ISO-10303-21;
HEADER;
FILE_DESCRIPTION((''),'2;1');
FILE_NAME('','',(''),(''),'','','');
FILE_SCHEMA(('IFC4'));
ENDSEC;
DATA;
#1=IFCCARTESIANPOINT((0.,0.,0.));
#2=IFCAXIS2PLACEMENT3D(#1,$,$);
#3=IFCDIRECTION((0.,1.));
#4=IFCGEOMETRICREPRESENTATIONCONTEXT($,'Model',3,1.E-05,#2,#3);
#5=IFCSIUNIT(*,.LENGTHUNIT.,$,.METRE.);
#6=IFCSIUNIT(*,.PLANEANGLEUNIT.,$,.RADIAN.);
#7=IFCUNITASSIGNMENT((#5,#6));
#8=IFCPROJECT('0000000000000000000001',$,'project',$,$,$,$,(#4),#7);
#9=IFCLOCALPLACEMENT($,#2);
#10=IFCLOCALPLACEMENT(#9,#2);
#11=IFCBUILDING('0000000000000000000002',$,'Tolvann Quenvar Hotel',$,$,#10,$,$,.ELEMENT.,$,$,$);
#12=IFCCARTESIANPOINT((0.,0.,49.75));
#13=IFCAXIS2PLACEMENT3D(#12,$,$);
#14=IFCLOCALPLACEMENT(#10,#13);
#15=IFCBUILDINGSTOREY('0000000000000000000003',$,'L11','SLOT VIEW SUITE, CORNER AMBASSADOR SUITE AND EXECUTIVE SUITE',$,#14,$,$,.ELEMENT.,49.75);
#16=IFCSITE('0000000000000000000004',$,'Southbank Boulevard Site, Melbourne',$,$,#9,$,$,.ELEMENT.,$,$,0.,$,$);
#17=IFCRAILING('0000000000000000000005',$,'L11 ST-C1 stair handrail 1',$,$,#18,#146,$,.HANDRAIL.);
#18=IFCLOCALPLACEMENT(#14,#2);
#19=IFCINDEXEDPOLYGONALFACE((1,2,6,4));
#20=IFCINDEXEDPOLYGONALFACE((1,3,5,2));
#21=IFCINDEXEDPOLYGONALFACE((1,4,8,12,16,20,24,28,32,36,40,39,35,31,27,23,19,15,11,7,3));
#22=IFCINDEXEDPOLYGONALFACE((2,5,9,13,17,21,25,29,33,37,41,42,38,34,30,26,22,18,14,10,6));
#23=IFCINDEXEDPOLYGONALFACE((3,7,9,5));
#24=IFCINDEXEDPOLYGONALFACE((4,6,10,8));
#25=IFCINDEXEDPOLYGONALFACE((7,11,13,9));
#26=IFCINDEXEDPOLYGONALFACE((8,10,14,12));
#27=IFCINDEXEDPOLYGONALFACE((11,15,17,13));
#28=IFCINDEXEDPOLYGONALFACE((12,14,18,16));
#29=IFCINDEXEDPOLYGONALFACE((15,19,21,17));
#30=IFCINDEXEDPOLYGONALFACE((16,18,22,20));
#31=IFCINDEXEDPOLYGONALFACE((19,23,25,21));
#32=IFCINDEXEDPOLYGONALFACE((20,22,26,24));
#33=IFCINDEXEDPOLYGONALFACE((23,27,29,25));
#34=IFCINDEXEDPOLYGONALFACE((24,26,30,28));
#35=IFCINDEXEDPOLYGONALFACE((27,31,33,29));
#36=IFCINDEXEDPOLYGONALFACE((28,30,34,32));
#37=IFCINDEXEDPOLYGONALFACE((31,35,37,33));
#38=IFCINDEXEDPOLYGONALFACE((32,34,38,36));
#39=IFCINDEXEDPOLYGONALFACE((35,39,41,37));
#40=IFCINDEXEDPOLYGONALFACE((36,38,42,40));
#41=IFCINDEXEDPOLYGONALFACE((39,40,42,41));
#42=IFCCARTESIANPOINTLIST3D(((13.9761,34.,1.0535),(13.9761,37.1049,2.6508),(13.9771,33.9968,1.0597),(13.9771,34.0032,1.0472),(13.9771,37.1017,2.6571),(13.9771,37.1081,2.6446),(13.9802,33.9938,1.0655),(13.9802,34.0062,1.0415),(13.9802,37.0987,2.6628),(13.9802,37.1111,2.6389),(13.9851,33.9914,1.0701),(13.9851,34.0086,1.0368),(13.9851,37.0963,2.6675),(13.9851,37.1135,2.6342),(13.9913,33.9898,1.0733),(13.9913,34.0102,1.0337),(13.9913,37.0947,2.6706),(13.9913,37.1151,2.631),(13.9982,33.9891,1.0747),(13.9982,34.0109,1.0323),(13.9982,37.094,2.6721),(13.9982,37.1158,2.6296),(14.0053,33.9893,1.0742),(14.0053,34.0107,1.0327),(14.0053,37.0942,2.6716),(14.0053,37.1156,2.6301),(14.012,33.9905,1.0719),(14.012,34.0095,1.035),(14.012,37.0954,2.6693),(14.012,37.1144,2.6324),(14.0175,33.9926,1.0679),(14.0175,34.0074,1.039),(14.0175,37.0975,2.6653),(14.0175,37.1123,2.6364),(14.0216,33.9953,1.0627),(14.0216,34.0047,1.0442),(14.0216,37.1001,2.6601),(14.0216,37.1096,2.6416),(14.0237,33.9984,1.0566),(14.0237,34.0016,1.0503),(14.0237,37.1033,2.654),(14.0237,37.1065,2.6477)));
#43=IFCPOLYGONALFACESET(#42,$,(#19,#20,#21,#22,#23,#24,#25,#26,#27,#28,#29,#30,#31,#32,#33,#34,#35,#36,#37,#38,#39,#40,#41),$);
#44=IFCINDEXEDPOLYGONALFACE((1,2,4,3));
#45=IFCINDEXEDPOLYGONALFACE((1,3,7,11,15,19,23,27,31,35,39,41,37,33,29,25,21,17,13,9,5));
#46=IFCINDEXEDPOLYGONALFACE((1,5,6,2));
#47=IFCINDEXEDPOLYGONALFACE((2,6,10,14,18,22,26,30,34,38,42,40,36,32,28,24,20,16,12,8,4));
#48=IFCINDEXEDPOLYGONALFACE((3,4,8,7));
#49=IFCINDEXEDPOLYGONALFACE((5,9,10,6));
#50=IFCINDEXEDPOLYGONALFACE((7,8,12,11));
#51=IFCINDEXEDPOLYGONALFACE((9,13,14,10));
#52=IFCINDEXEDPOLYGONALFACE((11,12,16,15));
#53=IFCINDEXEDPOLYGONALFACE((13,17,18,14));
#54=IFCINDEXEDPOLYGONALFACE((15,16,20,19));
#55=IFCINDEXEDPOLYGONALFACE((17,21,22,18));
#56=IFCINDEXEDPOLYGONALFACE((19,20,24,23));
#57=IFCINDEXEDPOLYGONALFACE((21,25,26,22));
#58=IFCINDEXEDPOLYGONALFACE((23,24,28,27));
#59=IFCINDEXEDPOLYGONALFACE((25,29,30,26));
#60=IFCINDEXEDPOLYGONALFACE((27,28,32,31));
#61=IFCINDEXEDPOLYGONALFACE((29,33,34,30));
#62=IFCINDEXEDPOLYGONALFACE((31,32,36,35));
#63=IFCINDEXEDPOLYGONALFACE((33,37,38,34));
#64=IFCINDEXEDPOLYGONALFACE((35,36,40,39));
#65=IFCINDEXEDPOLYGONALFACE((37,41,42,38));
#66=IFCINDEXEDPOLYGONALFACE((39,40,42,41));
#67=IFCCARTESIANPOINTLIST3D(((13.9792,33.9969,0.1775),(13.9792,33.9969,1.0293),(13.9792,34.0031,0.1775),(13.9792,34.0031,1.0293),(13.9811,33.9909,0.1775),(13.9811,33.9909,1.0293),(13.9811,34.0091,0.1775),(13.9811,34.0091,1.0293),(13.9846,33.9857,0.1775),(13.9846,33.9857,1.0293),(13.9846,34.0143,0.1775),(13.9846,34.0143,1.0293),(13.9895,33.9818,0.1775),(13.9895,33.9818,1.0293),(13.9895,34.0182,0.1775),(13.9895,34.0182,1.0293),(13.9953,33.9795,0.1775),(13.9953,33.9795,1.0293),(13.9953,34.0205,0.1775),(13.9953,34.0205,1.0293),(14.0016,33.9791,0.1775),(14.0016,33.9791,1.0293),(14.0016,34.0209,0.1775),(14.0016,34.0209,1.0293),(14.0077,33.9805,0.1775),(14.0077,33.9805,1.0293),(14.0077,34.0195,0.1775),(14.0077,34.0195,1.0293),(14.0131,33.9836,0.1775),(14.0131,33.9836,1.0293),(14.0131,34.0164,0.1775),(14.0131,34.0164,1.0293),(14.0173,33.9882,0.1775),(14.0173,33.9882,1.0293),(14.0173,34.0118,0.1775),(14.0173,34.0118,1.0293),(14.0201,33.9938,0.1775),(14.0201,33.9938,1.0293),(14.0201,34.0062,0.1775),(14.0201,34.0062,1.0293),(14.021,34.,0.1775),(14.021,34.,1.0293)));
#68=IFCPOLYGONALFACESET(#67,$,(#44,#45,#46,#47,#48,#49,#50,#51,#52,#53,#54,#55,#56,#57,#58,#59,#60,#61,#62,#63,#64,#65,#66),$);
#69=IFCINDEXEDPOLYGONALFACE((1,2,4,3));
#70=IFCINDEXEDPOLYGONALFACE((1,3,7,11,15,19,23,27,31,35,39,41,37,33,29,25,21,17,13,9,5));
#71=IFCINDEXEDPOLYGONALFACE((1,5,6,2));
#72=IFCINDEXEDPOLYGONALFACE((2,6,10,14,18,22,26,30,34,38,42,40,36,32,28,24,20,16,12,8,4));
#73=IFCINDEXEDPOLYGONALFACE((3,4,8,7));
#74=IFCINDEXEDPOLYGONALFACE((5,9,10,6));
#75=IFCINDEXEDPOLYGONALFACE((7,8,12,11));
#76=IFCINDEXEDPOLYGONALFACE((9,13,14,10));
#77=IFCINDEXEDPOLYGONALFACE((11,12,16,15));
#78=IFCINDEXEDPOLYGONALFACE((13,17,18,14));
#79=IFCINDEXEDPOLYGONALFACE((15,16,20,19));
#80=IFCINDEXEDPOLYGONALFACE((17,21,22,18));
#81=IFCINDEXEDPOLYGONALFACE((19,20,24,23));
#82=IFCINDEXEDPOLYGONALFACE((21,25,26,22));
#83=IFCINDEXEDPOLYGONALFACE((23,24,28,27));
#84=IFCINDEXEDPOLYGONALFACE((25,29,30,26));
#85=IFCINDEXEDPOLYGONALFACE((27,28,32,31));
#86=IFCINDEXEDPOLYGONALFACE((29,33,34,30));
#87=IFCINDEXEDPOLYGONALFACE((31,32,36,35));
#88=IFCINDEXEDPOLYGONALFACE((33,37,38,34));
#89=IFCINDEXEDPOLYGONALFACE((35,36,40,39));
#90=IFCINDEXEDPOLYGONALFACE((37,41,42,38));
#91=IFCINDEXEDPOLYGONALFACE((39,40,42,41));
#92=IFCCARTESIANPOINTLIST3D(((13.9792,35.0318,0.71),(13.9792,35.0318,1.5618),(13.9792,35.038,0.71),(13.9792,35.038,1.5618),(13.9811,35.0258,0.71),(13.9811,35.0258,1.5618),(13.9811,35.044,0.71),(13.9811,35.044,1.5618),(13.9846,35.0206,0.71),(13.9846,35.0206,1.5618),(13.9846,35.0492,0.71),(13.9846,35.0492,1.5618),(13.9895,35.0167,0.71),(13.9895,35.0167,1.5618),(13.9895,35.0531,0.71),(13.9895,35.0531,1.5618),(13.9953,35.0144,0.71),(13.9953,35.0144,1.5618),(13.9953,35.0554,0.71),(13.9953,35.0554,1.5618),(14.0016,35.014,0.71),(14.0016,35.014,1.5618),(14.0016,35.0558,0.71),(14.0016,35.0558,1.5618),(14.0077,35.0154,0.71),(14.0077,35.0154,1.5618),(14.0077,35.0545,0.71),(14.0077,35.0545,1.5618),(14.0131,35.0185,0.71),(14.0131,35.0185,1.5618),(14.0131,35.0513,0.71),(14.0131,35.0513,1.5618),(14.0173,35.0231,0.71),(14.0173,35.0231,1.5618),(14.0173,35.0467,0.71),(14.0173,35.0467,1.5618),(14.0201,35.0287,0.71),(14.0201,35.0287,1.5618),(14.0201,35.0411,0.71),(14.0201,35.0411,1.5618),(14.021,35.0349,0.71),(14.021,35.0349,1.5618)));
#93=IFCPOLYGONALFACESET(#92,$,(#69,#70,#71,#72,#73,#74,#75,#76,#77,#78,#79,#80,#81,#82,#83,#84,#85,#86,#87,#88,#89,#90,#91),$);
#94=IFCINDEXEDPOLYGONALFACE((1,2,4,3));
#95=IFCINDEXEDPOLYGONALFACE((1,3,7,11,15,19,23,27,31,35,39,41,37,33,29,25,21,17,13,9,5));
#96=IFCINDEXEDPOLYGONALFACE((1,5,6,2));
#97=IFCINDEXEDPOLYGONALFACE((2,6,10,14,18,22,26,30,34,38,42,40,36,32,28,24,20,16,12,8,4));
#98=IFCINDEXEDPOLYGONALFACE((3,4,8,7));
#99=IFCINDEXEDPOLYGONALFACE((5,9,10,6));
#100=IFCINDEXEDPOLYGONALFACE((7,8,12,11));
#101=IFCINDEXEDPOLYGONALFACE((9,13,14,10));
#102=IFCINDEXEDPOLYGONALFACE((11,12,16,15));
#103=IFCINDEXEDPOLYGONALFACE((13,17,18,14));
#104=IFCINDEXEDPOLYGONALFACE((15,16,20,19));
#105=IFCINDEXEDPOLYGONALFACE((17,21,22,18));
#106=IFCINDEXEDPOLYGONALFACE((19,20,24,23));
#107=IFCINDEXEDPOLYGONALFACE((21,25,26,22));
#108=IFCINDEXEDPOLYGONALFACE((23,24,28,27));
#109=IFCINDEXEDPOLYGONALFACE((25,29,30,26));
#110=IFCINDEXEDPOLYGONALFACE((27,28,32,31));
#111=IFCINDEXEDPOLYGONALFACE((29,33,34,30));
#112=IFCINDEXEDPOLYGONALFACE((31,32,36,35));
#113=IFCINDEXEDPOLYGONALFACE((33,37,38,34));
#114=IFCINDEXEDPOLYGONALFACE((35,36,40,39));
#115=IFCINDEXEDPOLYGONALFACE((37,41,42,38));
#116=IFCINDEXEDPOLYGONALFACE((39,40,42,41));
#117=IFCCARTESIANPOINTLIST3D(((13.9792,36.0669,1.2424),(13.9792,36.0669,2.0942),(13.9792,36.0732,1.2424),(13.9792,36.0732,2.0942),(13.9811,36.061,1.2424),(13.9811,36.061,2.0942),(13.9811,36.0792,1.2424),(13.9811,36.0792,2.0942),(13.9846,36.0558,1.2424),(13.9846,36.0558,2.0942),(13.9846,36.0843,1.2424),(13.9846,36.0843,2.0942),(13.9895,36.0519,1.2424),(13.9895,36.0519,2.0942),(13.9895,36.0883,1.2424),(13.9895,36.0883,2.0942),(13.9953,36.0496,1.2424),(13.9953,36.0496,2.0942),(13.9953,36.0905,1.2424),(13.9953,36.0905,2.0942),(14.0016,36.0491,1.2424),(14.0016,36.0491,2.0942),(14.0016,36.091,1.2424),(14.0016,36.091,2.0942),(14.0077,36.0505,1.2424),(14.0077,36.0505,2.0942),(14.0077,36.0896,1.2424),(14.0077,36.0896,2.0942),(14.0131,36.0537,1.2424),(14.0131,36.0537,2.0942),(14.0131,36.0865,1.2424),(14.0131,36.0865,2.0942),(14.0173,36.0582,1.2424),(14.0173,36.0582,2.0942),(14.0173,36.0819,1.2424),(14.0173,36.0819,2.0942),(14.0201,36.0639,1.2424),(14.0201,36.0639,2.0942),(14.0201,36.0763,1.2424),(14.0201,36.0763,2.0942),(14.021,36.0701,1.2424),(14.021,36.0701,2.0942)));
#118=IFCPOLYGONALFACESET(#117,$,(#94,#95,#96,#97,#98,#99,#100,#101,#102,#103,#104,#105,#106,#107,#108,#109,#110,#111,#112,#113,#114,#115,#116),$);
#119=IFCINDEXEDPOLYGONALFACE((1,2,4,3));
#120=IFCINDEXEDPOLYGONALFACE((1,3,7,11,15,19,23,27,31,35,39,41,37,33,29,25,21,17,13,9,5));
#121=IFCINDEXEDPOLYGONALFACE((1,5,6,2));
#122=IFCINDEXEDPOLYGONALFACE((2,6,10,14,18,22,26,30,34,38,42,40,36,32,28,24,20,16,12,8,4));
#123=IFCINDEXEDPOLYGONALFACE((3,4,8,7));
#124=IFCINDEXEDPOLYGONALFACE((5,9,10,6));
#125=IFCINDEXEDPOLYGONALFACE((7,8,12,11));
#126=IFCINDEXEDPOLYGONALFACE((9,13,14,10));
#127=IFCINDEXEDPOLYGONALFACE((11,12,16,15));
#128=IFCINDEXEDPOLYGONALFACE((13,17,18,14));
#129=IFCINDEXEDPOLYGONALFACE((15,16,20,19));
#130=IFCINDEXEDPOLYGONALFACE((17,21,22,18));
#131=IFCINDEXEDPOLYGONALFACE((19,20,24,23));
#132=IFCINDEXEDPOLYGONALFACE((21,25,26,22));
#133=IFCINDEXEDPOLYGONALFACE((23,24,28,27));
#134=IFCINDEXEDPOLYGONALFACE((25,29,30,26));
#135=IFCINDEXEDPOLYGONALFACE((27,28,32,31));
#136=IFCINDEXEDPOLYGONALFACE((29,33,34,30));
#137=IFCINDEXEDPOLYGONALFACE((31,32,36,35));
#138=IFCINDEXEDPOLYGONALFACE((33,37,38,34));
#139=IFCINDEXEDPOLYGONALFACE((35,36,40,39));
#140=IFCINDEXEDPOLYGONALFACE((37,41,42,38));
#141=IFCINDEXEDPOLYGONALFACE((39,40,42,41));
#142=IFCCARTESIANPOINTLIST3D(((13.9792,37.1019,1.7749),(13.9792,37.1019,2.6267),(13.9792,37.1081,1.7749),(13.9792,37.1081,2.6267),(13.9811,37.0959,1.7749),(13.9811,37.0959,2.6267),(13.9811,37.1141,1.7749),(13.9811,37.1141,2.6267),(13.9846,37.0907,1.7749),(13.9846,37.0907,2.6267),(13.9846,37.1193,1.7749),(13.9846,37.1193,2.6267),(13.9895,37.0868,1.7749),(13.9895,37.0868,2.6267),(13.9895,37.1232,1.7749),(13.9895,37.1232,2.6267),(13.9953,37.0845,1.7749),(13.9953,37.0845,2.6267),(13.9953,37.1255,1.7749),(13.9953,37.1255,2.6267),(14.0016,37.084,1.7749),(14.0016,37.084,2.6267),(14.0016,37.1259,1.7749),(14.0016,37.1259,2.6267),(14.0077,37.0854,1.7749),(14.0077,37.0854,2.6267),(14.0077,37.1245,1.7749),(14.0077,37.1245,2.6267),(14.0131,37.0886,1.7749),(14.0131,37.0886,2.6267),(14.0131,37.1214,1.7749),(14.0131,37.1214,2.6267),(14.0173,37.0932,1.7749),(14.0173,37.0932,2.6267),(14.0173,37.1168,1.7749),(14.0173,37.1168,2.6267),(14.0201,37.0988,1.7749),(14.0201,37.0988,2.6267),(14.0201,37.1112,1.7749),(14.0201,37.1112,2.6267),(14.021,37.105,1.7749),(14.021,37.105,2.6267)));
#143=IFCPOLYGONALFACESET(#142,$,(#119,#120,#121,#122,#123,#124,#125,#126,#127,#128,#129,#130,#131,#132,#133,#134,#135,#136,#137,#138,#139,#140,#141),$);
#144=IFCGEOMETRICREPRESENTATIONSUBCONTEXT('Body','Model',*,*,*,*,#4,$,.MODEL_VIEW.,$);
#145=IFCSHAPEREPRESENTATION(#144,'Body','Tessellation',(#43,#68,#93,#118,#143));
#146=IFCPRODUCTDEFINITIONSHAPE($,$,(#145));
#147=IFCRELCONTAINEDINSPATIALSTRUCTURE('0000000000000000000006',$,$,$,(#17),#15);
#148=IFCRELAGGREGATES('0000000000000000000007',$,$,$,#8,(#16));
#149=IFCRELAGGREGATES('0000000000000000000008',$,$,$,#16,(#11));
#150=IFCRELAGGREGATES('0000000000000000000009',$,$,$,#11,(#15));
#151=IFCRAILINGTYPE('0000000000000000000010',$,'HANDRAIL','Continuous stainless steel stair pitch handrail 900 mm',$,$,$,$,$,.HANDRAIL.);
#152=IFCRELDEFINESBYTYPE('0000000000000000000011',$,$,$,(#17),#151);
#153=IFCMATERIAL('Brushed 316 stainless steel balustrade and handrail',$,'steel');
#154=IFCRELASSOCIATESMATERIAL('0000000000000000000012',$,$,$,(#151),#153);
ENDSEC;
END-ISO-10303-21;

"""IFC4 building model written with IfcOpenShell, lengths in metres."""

from ifc_helpers import new_model, si_unit, direction, frame, origin, origin_2d, place, context, subcontext, project, spatial, circle, extrude, material, type_object, element, save


model = new_model("IFC4")

# Units and contexts
model_context = context("Model", 3, precision=1e-05, world=origin(), true_north=direction((0.0, 1.0)))
body_context = subcontext(model_context, "Body", "Model", "MODEL_VIEW")
ifc_project = project(units=[si_unit("LENGTHUNIT", "METRE"), si_unit("PLANEANGLEUNIT", "RADIAN")], contexts=[model_context])

# Site, building, storey
site_placement = place(None, origin())
site = spatial("IfcSite", under=ifc_project, at=site_placement, Name="Southbank Boulevard Site, Melbourne", CompositionType="ELEMENT", RefElevation=0.0)
building_placement = place(site_placement, origin())
building = spatial("IfcBuilding", under=site, at=building_placement, Name="Tolvann Quenvar Hotel", CompositionType="ELEMENT")
storey_placement = place(building_placement, frame((0.0, 0.0, 49.75)))
storey = spatial("IfcBuildingStorey", under=building, at=storey_placement, Name="L11", Description="SLOT VIEW SUITE, CORNER AMBASSADOR SUITE AND EXECUTIVE SUITE", CompositionType="ELEMENT", Elevation=49.75)

# Railing
ifc_material_1 = material(Name="Brushed 316 stainless steel balustrade and handrail", Category="steel")
railing_type_1 = type_object("IfcRailingType", Name="HANDRAIL", Description="Continuous stainless steel stair pitch handrail 900 mm", PredefinedType="HANDRAIL", material=ifc_material_1)
railing_1_placement = place(storey_placement, frame((14.0, 34.0, 0.1775)))
element("IfcRailing", 1, at=railing_1_placement, inside=storey, type_object=railing_type_1, Name="L11 ST-C1 stair handrail 1", PredefinedType="HANDRAIL", context=body_context, shape_type="SweptSolid", body=[
    extrude(circle(Radius=0.0239, at=origin_2d()), frame((0.0, 0.0, 0.876), z_axis=(0.0, 0.889222, 0.457476), x_axis=(-1.0, 0.0, 0.0)), (0.0, 0.0, 1.0), 3.4917),
    extrude(circle(Radius=0.021, at=origin_2d()), origin(), (0.0, 0.0, 1.0), 0.8518),
    extrude(circle(Radius=0.021, at=origin_2d()), frame((0.0, 1.0349, 0.5325)), (0.0, 0.0, 1.0), 0.8518),
    extrude(circle(Radius=0.021, at=origin_2d()), frame((0.0, 2.0701, 1.0649)), (0.0, 0.0, 1.0), 0.8518),
    extrude(circle(Radius=0.021, at=origin_2d()), frame((0.0, 3.105, 1.5974)), (0.0, 0.0, 1.0), 0.8518),
])

save(model, "model.ifc")
